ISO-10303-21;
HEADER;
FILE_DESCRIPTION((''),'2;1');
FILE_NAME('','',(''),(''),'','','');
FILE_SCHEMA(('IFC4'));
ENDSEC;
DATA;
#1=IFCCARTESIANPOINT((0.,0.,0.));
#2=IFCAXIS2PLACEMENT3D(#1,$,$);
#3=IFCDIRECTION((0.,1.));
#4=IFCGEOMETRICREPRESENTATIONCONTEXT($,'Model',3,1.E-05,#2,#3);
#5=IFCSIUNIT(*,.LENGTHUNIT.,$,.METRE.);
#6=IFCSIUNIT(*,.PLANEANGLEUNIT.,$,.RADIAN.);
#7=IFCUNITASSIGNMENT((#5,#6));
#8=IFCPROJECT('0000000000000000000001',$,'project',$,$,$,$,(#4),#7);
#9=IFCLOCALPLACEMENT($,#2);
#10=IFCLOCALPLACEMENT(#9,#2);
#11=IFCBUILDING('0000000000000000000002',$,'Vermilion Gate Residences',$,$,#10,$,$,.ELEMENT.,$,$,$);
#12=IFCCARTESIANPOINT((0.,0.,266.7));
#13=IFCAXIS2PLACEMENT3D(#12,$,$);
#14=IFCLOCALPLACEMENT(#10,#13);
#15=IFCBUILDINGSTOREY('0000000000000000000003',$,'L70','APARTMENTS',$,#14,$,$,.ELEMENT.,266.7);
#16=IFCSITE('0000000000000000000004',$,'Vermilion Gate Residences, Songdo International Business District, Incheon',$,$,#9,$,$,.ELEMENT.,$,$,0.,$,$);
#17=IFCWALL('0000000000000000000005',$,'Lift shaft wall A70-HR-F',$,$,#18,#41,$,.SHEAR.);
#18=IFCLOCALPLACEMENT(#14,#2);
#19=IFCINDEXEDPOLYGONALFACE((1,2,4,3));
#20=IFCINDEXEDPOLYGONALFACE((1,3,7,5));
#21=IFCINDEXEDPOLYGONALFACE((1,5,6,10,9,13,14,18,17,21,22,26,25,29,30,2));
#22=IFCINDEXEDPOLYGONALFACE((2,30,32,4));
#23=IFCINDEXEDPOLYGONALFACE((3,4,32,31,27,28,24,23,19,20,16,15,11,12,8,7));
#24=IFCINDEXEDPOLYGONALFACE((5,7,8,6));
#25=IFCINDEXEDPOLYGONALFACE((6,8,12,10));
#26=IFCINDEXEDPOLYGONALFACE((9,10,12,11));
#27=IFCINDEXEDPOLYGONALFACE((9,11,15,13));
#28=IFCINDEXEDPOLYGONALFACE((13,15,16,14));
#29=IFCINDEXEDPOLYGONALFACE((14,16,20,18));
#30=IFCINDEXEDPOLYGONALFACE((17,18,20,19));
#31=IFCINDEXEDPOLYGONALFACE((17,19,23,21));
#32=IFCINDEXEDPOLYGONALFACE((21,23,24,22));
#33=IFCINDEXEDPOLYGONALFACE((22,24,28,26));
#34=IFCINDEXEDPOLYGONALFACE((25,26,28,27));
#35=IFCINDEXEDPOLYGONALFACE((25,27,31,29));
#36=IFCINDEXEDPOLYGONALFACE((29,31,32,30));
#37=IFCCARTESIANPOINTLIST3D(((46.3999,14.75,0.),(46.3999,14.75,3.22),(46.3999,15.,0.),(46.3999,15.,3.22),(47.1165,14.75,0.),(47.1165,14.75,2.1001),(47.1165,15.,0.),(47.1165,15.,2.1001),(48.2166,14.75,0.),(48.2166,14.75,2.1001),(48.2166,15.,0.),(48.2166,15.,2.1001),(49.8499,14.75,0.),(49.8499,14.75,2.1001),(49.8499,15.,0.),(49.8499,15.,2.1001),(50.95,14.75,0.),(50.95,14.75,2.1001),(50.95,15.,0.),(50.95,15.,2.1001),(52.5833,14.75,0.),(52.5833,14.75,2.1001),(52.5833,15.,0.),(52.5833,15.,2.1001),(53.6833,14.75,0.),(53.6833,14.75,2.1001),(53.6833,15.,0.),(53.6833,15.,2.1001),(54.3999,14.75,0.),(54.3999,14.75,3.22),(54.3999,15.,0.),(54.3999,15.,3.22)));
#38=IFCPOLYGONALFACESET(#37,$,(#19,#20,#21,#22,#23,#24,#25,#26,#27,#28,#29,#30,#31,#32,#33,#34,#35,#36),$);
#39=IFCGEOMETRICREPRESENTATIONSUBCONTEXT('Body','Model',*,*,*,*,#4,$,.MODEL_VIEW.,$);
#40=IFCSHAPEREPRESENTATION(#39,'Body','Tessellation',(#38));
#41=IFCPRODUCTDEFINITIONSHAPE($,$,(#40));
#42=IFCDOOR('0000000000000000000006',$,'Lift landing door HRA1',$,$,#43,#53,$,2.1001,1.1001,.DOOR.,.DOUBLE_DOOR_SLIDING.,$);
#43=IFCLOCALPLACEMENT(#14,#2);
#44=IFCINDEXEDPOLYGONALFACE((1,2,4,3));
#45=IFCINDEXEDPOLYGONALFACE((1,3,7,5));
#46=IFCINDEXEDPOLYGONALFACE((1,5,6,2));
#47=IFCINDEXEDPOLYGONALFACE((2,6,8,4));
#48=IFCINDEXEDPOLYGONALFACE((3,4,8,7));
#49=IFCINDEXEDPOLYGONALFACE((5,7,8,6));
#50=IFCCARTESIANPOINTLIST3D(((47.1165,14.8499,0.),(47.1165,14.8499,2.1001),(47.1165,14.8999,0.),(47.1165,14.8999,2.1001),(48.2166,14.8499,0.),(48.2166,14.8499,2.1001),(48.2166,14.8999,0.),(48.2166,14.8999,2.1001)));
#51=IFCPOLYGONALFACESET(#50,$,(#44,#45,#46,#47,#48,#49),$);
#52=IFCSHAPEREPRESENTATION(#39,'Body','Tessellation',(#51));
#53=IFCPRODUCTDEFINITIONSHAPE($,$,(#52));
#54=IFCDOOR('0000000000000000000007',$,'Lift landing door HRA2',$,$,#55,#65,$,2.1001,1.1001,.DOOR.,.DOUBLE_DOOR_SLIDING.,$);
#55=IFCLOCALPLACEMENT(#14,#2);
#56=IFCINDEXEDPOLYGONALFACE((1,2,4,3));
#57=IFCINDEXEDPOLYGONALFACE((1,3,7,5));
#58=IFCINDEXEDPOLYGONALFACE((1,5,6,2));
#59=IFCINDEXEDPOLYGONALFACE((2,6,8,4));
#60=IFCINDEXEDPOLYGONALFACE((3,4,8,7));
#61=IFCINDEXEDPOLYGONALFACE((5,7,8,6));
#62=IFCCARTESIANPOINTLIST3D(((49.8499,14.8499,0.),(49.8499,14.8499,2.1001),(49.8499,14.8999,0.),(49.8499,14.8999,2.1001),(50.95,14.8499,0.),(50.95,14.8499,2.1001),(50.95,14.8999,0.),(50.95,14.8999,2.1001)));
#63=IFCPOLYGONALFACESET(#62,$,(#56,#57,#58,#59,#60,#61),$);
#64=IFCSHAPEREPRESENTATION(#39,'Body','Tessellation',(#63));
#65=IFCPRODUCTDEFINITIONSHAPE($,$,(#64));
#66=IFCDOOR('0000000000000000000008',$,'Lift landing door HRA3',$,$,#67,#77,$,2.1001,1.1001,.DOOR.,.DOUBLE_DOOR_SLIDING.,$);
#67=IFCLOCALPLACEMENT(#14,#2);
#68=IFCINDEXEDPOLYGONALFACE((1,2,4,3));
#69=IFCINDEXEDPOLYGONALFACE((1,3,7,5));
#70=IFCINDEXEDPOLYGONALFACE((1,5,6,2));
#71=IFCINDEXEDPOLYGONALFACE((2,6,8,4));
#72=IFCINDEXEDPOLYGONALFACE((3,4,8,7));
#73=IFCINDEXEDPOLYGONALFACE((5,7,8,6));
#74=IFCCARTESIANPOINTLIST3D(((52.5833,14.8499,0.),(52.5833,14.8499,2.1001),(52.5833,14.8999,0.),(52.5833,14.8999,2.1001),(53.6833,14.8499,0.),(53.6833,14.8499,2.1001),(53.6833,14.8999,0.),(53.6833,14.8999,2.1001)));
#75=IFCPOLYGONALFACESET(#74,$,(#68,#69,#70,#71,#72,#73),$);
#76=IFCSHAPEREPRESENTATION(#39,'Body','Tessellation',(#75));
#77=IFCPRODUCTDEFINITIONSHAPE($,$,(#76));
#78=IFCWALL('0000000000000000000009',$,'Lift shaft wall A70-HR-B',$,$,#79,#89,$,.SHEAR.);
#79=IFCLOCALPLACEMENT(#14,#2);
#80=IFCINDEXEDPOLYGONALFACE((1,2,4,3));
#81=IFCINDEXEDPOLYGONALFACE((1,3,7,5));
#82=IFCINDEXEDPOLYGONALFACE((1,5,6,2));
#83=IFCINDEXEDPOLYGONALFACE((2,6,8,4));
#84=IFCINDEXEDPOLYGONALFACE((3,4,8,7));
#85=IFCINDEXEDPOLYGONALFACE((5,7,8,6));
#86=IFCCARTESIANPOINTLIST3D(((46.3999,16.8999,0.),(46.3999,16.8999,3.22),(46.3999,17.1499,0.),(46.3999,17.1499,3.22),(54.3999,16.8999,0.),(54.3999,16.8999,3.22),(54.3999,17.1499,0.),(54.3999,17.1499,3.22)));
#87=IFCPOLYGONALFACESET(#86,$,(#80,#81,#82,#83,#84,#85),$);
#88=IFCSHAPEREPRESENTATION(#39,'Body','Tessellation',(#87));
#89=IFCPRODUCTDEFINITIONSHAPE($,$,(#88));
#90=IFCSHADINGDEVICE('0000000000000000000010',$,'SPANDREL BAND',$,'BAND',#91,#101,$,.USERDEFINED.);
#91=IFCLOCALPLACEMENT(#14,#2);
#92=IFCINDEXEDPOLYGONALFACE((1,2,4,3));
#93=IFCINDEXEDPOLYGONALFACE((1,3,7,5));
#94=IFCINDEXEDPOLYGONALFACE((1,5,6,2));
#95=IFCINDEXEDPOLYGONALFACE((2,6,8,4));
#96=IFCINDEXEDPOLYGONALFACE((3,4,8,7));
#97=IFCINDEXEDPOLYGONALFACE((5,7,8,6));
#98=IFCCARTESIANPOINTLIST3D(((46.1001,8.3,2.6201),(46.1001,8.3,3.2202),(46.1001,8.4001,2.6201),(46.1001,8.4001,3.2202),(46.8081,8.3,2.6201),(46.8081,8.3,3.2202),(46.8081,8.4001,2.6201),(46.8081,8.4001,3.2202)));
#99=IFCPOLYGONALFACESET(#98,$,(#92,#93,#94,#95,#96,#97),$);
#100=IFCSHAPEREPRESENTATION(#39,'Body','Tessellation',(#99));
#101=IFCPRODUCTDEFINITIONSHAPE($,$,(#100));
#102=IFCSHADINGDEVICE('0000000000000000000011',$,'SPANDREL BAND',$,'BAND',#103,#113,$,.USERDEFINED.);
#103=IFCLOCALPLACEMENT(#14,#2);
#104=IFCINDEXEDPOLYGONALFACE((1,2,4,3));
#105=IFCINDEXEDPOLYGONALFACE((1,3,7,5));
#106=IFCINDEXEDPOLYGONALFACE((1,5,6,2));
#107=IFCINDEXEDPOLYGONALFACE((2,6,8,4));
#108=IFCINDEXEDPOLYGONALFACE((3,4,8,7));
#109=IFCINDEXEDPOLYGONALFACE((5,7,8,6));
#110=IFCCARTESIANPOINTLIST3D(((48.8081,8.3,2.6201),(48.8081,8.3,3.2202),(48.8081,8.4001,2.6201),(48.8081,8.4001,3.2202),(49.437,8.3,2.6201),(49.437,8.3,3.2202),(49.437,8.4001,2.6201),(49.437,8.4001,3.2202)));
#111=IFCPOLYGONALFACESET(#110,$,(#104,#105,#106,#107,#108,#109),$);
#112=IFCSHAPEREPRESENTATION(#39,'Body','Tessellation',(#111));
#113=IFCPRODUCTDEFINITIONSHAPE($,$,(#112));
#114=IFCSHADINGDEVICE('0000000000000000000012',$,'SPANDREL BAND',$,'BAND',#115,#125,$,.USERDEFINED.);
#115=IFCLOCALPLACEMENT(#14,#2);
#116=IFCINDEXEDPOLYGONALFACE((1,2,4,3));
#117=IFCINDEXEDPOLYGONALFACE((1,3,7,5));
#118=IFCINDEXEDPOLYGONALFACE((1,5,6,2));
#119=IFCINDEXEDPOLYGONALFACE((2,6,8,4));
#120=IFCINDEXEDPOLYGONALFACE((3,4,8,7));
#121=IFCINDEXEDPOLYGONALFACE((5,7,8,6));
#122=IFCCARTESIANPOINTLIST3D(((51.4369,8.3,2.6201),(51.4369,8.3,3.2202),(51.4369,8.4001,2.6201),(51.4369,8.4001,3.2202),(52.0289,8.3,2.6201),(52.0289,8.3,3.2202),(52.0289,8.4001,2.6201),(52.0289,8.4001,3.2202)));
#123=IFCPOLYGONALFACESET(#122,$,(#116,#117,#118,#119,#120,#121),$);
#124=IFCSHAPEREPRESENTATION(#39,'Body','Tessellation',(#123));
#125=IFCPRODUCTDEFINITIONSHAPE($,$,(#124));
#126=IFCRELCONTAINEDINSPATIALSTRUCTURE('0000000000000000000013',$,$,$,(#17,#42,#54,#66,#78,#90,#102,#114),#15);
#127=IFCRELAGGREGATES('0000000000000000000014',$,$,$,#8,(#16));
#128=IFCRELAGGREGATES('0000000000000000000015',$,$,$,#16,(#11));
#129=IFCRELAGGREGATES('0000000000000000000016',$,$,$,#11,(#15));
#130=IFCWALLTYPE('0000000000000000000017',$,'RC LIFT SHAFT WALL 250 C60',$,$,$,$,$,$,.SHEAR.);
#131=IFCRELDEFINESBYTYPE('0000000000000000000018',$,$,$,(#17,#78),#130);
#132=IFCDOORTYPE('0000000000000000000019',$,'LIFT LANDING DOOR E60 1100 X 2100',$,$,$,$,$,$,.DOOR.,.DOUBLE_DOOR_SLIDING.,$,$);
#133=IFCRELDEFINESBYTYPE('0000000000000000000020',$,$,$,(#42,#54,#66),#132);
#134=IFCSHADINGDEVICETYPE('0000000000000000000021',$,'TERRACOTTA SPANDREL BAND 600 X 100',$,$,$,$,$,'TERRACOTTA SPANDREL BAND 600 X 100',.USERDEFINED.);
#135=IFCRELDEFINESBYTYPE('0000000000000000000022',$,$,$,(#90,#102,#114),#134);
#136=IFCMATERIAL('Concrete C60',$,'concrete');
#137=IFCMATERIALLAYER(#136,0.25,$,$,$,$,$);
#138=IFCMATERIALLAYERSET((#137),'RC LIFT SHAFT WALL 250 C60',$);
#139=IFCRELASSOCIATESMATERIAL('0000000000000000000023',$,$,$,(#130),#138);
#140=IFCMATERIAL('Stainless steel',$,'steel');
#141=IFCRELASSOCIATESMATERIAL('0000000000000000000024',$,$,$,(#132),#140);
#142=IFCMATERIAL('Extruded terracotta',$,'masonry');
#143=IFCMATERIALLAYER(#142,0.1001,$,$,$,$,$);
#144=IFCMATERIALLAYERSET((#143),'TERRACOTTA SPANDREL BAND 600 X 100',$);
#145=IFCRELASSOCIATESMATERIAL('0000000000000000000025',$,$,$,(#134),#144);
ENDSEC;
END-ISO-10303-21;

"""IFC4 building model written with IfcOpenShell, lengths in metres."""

from ifc_helpers import new_model, si_unit, direction, frame, frame_2d, origin, origin_2d, place, context, subcontext, project, spatial, rectangle, extrude, material, layer, layer_set, type_object, element, fill, save


model = new_model("IFC4")

# Units and contexts
model_context = context("Model", 3, precision=1e-05, world=origin(), true_north=direction((0.0, 1.0)))
body_context = subcontext(model_context, "Body", "Model", "MODEL_VIEW")
ifc_project = project(units=[si_unit("LENGTHUNIT", "METRE"), si_unit("PLANEANGLEUNIT", "RADIAN")], contexts=[model_context])

# Site, building, storey
site_placement = place(None, origin())
site = spatial("IfcSite", under=ifc_project, at=site_placement, Name="Vermilion Gate Residences, Songdo International Business District, Incheon", CompositionType="ELEMENT", RefElevation=0.0)
building_placement = place(site_placement, origin())
building = spatial("IfcBuilding", under=site, at=building_placement, Name="Vermilion Gate Residences", CompositionType="ELEMENT")
storey_placement = place(building_placement, frame((0.0, 0.0, 266.7)))
storey = spatial("IfcBuildingStorey", under=building, at=storey_placement, Name="L70", Description="APARTMENTS", CompositionType="ELEMENT", Elevation=266.7)

# Wall, openings, doors
ifc_material_1 = material(Name="Concrete C60", Category="concrete")
ifc_layer_1 = layer(ifc_material_1, 0.25)
ifc_layer_set_1 = layer_set([ifc_layer_1], Name="RC LIFT SHAFT WALL 250 C60")
wall_type_1 = type_object("IfcWallType", Name="RC LIFT SHAFT WALL 250 C60", PredefinedType="SHEAR", material=ifc_layer_set_1)
wall_1_placement = place(storey_placement, frame((46.3999, 14.875, 0.0), z_axis=(0.0, 0.0, 1.0), x_axis=(1.0, 0.0, 0.0)))
wall_1 = element("IfcWall", 1, at=wall_1_placement, inside=storey, type_object=wall_type_1, Name="Lift shaft wall A70-HR-F", PredefinedType="SHEAR", context=body_context, shape_type="SweptSolid", body=[
    extrude(rectangle(XDim=8.0, YDim=0.25, at=frame_2d((4.0, 0.0))), origin(), (0.0, 0.0, 1.0), 3.22),
])
opening_1_placement = place(wall_1_placement, frame((0.7166, 0.0, 0.0)))
opening_1 = element("IfcOpeningElement", 2, at=opening_1_placement, cuts=wall_1, PredefinedType="OPENING", context=body_context, shape_type="SweptSolid", body=[
    extrude(rectangle(XDim=1.1001, YDim=2.1001, at=frame_2d((0.55, 1.05))), frame((0.0, 0.135, 0.0), z_axis=(0.0, -1.0, 0.0), x_axis=(1.0, 0.0, 0.0)), (0.0, 0.0, 1.0), 0.27),
])
opening_2_placement = place(wall_1_placement, frame((3.45, 0.0, 0.0)))
opening_2 = element("IfcOpeningElement", 3, at=opening_2_placement, cuts=wall_1, PredefinedType="OPENING", context=body_context, shape_type="SweptSolid", body=[
    extrude(rectangle(XDim=1.1001, YDim=2.1001, at=frame_2d((0.55, 1.05))), frame((0.0, 0.135, 0.0), z_axis=(0.0, -1.0, 0.0), x_axis=(1.0, 0.0, 0.0)), (0.0, 0.0, 1.0), 0.27),
])
opening_3_placement = place(wall_1_placement, frame((6.1833, 0.0, 0.0)))
opening_3 = element("IfcOpeningElement", 4, at=opening_3_placement, cuts=wall_1, PredefinedType="OPENING", context=body_context, shape_type="SweptSolid", body=[
    extrude(rectangle(XDim=1.1001, YDim=2.1001, at=frame_2d((0.55, 1.05))), frame((0.0, 0.135, 0.0), z_axis=(0.0, -1.0, 0.0), x_axis=(1.0, 0.0, 0.0)), (0.0, 0.0, 1.0), 0.27),
])
ifc_material_2 = material(Name="Stainless steel", Category="steel")
door_type_1 = type_object("IfcDoorType", Name="LIFT LANDING DOOR E60 1100 X 2100", OperationType="DOUBLE_DOOR_SLIDING", PredefinedType="DOOR", material=ifc_material_2)
door_1_placement = place(opening_1_placement, origin())
door_1 = element("IfcDoor", 5, at=door_1_placement, inside=storey, type_object=door_type_1, Name="Lift landing door HRA1", OperationType="DOUBLE_DOOR_SLIDING", OverallHeight=2.1001, OverallWidth=1.1001, PredefinedType="DOOR", context=body_context, shape_type="SweptSolid", body=[
    extrude(rectangle(XDim=1.1001, YDim=2.1001, at=frame_2d((0.55, 1.05))), frame((0.0, 0.0249, 0.0), z_axis=(0.0, -1.0, 0.0), x_axis=(1.0, 0.0, 0.0)), (0.0, 0.0, 1.0), 0.05),
])
fill(opening_1, door_1)
door_2_placement = place(opening_2_placement, origin())
door_2 = element("IfcDoor", 6, at=door_2_placement, inside=storey, type_object=door_type_1, Name="Lift landing door HRA2", OperationType="DOUBLE_DOOR_SLIDING", OverallHeight=2.1001, OverallWidth=1.1001, PredefinedType="DOOR", context=body_context, shape_type="SweptSolid", body=[
    extrude(rectangle(XDim=1.1001, YDim=2.1001, at=frame_2d((0.55, 1.05))), frame((0.0, 0.0249, 0.0), z_axis=(0.0, -1.0, 0.0), x_axis=(1.0, 0.0, 0.0)), (0.0, 0.0, 1.0), 0.05),
])
fill(opening_2, door_2)
door_3_placement = place(opening_3_placement, origin())
door_3 = element("IfcDoor", 7, at=door_3_placement, inside=storey, type_object=door_type_1, Name="Lift landing door HRA3", OperationType="DOUBLE_DOOR_SLIDING", OverallHeight=2.1001, OverallWidth=1.1001, PredefinedType="DOOR", context=body_context, shape_type="SweptSolid", body=[
    extrude(rectangle(XDim=1.1001, YDim=2.1001, at=frame_2d((0.55, 1.05))), frame((0.0, 0.0249, 0.0), z_axis=(0.0, -1.0, 0.0), x_axis=(1.0, 0.0, 0.0)), (0.0, 0.0, 1.0), 0.05),
])
fill(opening_3, door_3)

# Wall
wall_2_placement = place(storey_placement, frame((46.3999, 17.0249, 0.0), z_axis=(0.0, 0.0, 1.0), x_axis=(1.0, 0.0, 0.0)))
element("IfcWall", 8, at=wall_2_placement, inside=storey, type_object=wall_type_1, Name="Lift shaft wall A70-HR-B", PredefinedType="SHEAR", context=body_context, shape_type="SweptSolid", body=[
    extrude(rectangle(XDim=8.0, YDim=0.25, at=frame_2d((4.0, 0.0))), origin(), (0.0, 0.0, 1.0), 3.22),
])

# Shading devices
ifc_material_3 = material(Name="Extruded terracotta", Category="masonry")
ifc_layer_2 = layer(ifc_material_3, 0.1001)
ifc_layer_set_2 = layer_set([ifc_layer_2], Name="TERRACOTTA SPANDREL BAND 600 X 100")
shading_device_type = type_object("IfcShadingDeviceType", Name="TERRACOTTA SPANDREL BAND 600 X 100", ElementType="TERRACOTTA SPANDREL BAND 600 X 100", PredefinedType="USERDEFINED", material=ifc_layer_set_2)
shading_device_1_placement = place(storey_placement, frame((46.4541, 8.3501, 2.6201), z_axis=(0.0, 0.0, 1.0), x_axis=(1.0, 0.0, 0.0)))
element("IfcShadingDevice", 9, at=shading_device_1_placement, inside=storey, type_object=shading_device_type, Name="SPANDREL BAND", ObjectType="BAND", PredefinedType="USERDEFINED", context=body_context, shape_type="SweptSolid", body=[
    extrude(rectangle(XDim=0.708, YDim=0.1001, at=origin_2d()), origin(), (0.0, 0.0, 1.0), 0.6001),
])
shading_device_2_placement = place(storey_placement, frame((49.1226, 8.3501, 2.6201), z_axis=(0.0, 0.0, 1.0), x_axis=(1.0, 0.0, 0.0)))
element("IfcShadingDevice", 10, at=shading_device_2_placement, inside=storey, type_object=shading_device_type, Name="SPANDREL BAND", ObjectType="BAND", PredefinedType="USERDEFINED", context=body_context, shape_type="SweptSolid", body=[
    extrude(rectangle(XDim=0.6289, YDim=0.1001, at=origin_2d()), origin(), (0.0, 0.0, 1.0), 0.6001),
])
shading_device_3_placement = place(storey_placement, frame((51.7329, 8.3501, 2.6201), z_axis=(0.0, 0.0, 1.0), x_axis=(1.0, 0.0, 0.0)))
element("IfcShadingDevice", 11, at=shading_device_3_placement, inside=storey, type_object=shading_device_type, Name="SPANDREL BAND", ObjectType="BAND", PredefinedType="USERDEFINED", context=body_context, shape_type="SweptSolid", body=[
    extrude(rectangle(XDim=0.592, YDim=0.1001, at=origin_2d()), origin(), (0.0, 0.0, 1.0), 0.6001),
])

save(model, "model.ifc")
